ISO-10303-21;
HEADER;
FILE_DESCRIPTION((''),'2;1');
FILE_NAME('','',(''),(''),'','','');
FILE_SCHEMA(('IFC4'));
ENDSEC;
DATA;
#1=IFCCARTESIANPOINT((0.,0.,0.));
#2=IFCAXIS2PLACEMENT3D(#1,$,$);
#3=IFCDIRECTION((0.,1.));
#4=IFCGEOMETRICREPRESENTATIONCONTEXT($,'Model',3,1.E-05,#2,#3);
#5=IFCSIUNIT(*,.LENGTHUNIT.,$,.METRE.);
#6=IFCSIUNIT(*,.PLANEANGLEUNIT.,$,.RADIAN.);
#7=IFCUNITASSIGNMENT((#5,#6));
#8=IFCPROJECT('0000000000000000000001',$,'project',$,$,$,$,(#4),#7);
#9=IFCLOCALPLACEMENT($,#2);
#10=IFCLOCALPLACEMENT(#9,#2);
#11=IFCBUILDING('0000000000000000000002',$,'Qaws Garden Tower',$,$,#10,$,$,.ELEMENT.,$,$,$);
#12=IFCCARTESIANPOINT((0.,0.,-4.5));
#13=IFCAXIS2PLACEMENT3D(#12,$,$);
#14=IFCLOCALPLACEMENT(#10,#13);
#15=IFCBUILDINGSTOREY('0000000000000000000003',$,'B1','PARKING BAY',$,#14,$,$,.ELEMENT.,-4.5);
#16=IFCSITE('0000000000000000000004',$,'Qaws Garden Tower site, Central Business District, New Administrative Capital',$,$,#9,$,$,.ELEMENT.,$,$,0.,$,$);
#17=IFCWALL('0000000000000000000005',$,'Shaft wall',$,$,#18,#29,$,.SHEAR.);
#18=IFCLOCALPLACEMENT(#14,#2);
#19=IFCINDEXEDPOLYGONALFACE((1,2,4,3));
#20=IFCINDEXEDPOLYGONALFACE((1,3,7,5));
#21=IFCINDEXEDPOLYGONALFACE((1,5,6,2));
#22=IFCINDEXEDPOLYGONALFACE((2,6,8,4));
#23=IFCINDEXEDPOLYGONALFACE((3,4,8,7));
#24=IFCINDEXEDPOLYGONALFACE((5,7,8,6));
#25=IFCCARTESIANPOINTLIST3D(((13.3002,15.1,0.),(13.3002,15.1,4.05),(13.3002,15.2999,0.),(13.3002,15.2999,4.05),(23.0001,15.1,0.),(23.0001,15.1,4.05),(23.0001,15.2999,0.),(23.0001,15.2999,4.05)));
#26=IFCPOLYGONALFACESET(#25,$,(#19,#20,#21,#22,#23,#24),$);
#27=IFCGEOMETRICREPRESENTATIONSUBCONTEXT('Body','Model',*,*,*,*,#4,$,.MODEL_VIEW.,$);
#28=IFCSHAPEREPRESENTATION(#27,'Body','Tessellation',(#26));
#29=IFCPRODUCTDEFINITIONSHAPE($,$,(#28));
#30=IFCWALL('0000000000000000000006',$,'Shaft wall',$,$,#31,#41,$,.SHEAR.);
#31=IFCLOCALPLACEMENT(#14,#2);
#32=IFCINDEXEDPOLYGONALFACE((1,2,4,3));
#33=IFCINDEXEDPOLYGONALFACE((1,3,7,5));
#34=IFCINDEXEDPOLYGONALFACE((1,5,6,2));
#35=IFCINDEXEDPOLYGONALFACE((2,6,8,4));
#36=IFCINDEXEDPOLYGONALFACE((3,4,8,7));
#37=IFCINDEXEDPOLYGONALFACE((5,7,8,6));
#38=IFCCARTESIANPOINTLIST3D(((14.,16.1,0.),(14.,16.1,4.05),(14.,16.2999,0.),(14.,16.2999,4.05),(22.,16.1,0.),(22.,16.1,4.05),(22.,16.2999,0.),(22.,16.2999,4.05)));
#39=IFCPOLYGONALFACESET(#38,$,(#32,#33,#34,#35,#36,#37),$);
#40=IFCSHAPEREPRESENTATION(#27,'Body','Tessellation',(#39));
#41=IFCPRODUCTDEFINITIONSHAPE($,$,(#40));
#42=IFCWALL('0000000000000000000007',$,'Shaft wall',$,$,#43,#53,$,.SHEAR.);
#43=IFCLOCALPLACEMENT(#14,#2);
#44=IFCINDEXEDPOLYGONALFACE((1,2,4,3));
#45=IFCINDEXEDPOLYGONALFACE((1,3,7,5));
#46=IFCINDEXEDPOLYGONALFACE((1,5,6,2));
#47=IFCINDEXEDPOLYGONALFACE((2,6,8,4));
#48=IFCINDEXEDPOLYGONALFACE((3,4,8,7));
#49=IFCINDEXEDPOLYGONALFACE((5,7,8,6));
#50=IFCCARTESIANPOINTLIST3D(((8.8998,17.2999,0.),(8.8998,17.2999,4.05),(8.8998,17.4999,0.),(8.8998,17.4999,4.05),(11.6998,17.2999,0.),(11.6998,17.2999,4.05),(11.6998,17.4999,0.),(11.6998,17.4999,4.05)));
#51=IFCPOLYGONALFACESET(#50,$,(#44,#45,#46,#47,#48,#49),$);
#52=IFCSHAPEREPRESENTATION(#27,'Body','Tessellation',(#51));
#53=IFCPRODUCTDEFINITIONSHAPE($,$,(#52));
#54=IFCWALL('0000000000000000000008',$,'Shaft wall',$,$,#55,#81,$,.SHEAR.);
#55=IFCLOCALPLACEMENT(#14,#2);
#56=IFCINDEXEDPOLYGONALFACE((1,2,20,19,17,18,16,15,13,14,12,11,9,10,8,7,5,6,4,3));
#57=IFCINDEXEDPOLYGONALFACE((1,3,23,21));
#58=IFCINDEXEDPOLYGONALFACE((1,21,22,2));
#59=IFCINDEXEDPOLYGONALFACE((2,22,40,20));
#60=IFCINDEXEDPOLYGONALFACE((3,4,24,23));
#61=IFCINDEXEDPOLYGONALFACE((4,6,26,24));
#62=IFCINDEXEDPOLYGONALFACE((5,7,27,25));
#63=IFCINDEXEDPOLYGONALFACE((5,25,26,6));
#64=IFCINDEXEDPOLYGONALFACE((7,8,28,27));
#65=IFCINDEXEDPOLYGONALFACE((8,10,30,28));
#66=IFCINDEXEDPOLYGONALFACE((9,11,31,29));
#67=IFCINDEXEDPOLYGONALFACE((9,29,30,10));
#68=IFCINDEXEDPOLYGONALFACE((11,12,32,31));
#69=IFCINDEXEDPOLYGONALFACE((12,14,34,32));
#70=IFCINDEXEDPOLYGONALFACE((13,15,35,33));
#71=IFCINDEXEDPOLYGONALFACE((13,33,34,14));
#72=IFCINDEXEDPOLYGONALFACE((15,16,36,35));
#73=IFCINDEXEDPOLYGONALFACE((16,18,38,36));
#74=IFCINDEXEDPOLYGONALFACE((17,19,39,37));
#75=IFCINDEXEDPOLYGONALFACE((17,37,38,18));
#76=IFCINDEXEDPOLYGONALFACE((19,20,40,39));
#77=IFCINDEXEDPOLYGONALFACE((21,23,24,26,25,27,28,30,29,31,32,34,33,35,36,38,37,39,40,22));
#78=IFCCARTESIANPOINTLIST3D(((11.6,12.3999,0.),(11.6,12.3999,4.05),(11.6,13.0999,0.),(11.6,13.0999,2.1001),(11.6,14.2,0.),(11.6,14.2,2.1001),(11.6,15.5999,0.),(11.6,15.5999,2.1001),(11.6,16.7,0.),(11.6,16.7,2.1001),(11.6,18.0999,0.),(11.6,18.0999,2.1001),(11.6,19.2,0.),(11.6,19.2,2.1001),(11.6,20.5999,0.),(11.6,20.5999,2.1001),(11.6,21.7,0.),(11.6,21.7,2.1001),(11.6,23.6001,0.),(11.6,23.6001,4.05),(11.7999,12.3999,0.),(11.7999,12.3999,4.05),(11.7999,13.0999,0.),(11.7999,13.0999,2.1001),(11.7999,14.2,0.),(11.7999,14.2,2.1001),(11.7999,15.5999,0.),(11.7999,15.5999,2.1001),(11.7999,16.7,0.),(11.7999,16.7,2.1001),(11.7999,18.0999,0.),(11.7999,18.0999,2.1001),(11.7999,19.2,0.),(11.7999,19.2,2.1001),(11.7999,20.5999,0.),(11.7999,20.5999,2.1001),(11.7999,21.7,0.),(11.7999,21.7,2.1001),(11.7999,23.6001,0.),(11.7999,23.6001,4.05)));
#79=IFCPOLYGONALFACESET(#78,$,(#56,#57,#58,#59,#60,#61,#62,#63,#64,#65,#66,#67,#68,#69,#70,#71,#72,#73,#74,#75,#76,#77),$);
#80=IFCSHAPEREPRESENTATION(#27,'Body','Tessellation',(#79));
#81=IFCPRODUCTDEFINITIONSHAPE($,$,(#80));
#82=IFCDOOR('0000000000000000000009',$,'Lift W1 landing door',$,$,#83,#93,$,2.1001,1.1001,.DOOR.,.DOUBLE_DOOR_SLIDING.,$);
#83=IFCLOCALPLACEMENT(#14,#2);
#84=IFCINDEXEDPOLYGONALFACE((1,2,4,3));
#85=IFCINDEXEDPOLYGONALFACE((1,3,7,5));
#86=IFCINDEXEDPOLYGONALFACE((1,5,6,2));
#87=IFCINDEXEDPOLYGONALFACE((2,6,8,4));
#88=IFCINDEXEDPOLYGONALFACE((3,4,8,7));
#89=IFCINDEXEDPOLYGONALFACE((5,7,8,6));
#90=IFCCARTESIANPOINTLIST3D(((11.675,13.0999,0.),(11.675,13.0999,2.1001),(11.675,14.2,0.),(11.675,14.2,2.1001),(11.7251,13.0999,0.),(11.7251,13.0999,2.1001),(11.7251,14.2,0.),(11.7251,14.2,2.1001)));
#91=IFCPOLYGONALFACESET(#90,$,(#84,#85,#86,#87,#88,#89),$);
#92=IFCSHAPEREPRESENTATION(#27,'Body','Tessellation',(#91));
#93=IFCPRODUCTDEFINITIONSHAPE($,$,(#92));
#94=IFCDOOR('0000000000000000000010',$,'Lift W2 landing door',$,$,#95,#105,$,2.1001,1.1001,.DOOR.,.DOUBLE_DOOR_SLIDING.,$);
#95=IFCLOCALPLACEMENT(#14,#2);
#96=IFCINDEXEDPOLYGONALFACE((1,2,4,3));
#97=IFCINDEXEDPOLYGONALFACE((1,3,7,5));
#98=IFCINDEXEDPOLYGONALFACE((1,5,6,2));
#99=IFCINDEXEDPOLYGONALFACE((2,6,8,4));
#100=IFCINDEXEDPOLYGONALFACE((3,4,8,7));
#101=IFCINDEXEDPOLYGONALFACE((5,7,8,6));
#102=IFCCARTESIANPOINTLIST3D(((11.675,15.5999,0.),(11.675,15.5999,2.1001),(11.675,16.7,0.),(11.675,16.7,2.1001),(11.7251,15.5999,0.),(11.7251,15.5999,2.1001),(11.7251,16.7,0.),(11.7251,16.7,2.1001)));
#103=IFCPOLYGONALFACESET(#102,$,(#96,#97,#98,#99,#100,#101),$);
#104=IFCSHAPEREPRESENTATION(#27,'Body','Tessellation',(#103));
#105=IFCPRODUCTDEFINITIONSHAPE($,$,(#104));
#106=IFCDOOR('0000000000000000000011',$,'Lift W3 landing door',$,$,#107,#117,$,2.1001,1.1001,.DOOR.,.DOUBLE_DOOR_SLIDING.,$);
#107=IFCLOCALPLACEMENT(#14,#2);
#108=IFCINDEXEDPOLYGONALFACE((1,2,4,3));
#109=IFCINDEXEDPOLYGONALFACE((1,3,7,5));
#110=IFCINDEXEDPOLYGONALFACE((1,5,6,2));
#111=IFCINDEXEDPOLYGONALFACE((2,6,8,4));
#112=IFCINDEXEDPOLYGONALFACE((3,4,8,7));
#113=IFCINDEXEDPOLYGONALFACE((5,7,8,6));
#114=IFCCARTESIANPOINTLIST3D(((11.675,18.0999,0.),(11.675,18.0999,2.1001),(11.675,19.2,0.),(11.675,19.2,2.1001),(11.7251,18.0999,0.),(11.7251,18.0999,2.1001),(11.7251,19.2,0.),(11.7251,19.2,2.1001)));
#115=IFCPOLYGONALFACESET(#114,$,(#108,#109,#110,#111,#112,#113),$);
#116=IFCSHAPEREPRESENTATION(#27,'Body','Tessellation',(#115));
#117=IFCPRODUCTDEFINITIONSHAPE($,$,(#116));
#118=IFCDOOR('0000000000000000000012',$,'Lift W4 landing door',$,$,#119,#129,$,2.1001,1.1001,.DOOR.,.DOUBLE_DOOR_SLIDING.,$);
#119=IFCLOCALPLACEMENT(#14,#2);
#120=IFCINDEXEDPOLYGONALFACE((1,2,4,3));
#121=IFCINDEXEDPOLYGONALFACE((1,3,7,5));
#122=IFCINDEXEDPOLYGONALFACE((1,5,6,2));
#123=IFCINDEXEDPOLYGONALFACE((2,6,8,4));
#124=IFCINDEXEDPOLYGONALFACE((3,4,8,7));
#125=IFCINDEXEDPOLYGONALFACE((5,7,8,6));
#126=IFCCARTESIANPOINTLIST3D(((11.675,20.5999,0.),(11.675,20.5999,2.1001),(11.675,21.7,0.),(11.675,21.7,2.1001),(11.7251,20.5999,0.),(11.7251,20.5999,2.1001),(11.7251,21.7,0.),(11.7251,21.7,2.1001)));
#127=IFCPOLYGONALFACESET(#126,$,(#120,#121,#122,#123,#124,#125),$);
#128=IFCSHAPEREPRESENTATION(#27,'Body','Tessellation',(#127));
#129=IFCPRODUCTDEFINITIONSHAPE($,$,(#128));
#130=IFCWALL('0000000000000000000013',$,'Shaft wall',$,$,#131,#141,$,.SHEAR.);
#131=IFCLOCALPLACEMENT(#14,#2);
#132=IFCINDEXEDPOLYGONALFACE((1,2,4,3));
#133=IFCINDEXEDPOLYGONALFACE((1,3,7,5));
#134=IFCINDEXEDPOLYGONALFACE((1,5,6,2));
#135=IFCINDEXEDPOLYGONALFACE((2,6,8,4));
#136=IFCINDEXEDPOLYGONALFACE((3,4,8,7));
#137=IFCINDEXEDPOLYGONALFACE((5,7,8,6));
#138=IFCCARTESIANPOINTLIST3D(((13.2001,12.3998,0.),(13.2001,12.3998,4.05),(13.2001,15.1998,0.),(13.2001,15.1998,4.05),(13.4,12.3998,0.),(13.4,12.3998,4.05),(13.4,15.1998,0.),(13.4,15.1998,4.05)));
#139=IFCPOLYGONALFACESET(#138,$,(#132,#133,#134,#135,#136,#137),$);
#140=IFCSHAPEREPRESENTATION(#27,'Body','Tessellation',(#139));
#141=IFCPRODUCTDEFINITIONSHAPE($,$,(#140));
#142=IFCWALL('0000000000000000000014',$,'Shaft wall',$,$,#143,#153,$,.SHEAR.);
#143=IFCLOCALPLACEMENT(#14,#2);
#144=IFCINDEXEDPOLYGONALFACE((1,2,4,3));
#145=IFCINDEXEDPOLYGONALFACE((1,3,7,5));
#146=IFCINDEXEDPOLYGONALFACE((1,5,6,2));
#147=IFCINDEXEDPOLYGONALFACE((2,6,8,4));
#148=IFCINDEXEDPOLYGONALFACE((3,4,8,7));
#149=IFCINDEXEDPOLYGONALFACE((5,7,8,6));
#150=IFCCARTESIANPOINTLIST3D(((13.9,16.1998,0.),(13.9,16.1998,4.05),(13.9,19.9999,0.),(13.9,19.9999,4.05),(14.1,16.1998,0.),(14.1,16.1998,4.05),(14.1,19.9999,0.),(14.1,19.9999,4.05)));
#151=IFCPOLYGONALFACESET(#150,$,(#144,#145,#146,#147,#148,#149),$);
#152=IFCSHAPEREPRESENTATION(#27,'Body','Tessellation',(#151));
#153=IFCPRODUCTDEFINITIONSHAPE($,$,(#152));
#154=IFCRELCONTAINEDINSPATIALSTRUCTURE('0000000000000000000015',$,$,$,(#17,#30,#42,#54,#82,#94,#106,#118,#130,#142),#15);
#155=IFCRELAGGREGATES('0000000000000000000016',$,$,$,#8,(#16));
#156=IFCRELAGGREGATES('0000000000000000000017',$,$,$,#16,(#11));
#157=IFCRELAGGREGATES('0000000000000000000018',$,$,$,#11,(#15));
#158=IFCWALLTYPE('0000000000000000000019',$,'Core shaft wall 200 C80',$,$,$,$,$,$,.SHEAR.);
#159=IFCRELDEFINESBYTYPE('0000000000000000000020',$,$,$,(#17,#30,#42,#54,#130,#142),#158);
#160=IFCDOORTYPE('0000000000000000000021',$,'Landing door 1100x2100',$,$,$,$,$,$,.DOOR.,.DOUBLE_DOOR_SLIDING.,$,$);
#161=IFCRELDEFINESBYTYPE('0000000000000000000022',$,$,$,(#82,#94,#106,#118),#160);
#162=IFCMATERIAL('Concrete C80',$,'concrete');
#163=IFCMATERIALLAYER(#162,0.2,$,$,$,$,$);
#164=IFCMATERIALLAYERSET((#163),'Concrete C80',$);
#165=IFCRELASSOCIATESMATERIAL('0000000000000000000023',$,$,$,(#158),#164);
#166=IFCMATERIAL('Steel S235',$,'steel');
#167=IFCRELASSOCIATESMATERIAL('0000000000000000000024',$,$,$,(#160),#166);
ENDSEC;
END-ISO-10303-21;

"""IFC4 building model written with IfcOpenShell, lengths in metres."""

from ifc_helpers import new_model, si_unit, direction, frame, frame_2d, origin, place, context, subcontext, project, spatial, rectangle, extrude, material, layer, layer_set, type_object, element, fill, save


model = new_model("IFC4")

# Units and contexts
model_context = context("Model", 3, precision=1e-05, world=origin(), true_north=direction((0.0, 1.0)))
body_context = subcontext(model_context, "Body", "Model", "MODEL_VIEW")
ifc_project = project(units=[si_unit("LENGTHUNIT", "METRE"), si_unit("PLANEANGLEUNIT", "RADIAN")], contexts=[model_context])

# Site, building, storey
site_placement = place(None, origin())
site = spatial("IfcSite", under=ifc_project, at=site_placement, Name="Qaws Garden Tower site, Central Business District, New Administrative Capital", CompositionType="ELEMENT", RefElevation=0.0)
building_placement = place(site_placement, origin())
building = spatial("IfcBuilding", under=site, at=building_placement, Name="Qaws Garden Tower", CompositionType="ELEMENT")
storey_placement = place(building_placement, frame((0.0, 0.0, -4.5)))
storey = spatial("IfcBuildingStorey", under=building, at=storey_placement, Name="B1", Description="PARKING BAY", CompositionType="ELEMENT", Elevation=-4.5)

# Shared definitions
ifc_material_1 = material(Name="Concrete C80", Category="concrete")
ifc_layer = layer(ifc_material_1, 0.2)
ifc_layer_set = layer_set([ifc_layer], Name="Concrete C80")
wall_type = type_object("IfcWallType", Name="Core shaft wall 200 C80", PredefinedType="SHEAR", material=ifc_layer_set)

# Shared definitions
ifc_material_2 = material(Name="Steel S235", Category="steel")
door_type_1 = type_object("IfcDoorType", Name="Landing door 1100x2100", OperationType="DOUBLE_DOOR_SLIDING", PredefinedType="DOOR", material=ifc_material_2)

# Walls
wall_1_placement = place(storey_placement, frame((13.3, 15.2, 0.0), z_axis=(0.0, 0.0, 1.0), x_axis=(1.0, 0.0, 0.0)))
element("IfcWall", 1, at=wall_1_placement, inside=storey, type_object=wall_type, Name="Shaft wall", PredefinedType="SHEAR", context=body_context, shape_type="SweptSolid", body=[
    extrude(rectangle(XDim=9.7, YDim=0.2, at=frame_2d((4.8501, 0.0))), origin(), (0.0, 0.0, 1.0), 4.05),
])
wall_2_placement = place(storey_placement, frame((14.0, 16.2, 0.0), z_axis=(0.0, 0.0, 1.0), x_axis=(1.0, 0.0, 0.0)))
element("IfcWall", 2, at=wall_2_placement, inside=storey, type_object=wall_type, Name="Shaft wall", PredefinedType="SHEAR", context=body_context, shape_type="SweptSolid", body=[
    extrude(rectangle(XDim=8.0, YDim=0.2, at=frame_2d((4.0, 0.0))), origin(), (0.0, 0.0, 1.0), 4.05),
])
wall_3_placement = place(storey_placement, frame((8.8999, 17.3999, 0.0), z_axis=(0.0, 0.0, 1.0), x_axis=(1.0, 0.0, 0.0)))
element("IfcWall", 3, at=wall_3_placement, inside=storey, type_object=wall_type, Name="Shaft wall", PredefinedType="SHEAR", context=body_context, shape_type="SweptSolid", body=[
    extrude(rectangle(XDim=2.8, YDim=0.2, at=frame_2d((1.3999, 0.0))), origin(), (0.0, 0.0, 1.0), 4.05),
])

# Wall, openings, doors
wall_4_placement = place(storey_placement, frame((11.7, 12.3999, 0.0), z_axis=(0.0, 0.0, 1.0), x_axis=(0.0, 1.0, 0.0)))
wall_4 = element("IfcWall", 4, at=wall_4_placement, inside=storey, type_object=wall_type, Name="Shaft wall", PredefinedType="SHEAR", context=body_context, shape_type="SweptSolid", body=[
    extrude(rectangle(XDim=11.2002, YDim=0.2, at=frame_2d((5.6001, 0.0))), origin(), (0.0, 0.0, 1.0), 4.05),
])
opening_1_placement = place(wall_4_placement, frame((0.7, 0.0, 0.0)))
opening_1 = element("IfcOpeningElement", 5, at=opening_1_placement, cuts=wall_4, PredefinedType="OPENING", context=body_context, shape_type="SweptSolid", body=[
    extrude(rectangle(XDim=1.1001, YDim=2.1001, at=frame_2d((0.55, 1.05))), frame((0.0, 0.1099, 0.0), z_axis=(0.0, -1.0, 0.0), x_axis=(1.0, 0.0, 0.0)), (0.0, 0.0, 1.0), 0.22),
])
opening_2_placement = place(wall_4_placement, frame((3.2, 0.0, 0.0)))
opening_2 = element("IfcOpeningElement", 6, at=opening_2_placement, cuts=wall_4, PredefinedType="OPENING", context=body_context, shape_type="SweptSolid", body=[
    extrude(rectangle(XDim=1.1001, YDim=2.1001, at=frame_2d((0.55, 1.05))), frame((0.0, 0.1099, 0.0), z_axis=(0.0, -1.0, 0.0), x_axis=(1.0, 0.0, 0.0)), (0.0, 0.0, 1.0), 0.22),
])
opening_3_placement = place(wall_4_placement, frame((5.7, 0.0, 0.0)))
opening_3 = element("IfcOpeningElement", 7, at=opening_3_placement, cuts=wall_4, PredefinedType="OPENING", context=body_context, shape_type="SweptSolid", body=[
    extrude(rectangle(XDim=1.1001, YDim=2.1001, at=frame_2d((0.55, 1.05))), frame((0.0, 0.1099, 0.0), z_axis=(0.0, -1.0, 0.0), x_axis=(1.0, 0.0, 0.0)), (0.0, 0.0, 1.0), 0.22),
])
opening_4_placement = place(wall_4_placement, frame((8.2, 0.0, 0.0)))
opening_4 = element("IfcOpeningElement", 8, at=opening_4_placement, cuts=wall_4, PredefinedType="OPENING", context=body_context, shape_type="SweptSolid", body=[
    extrude(rectangle(XDim=1.1001, YDim=2.1001, at=frame_2d((0.55, 1.05))), frame((0.0, 0.1099, 0.0), z_axis=(0.0, -1.0, 0.0), x_axis=(1.0, 0.0, 0.0)), (0.0, 0.0, 1.0), 0.22),
])
door_1_placement = place(opening_1_placement, origin())
door_1 = element("IfcDoor", 9, at=door_1_placement, inside=storey, type_object=door_type_1, Name="Lift W1 landing door", OperationType="DOUBLE_DOOR_SLIDING", OverallHeight=2.1001, OverallWidth=1.1001, PredefinedType="DOOR", context=body_context, shape_type="SweptSolid", body=[
    extrude(rectangle(XDim=1.1001, YDim=2.1001, at=frame_2d((0.55, 1.05))), frame((0.0, 0.0249, 0.0), z_axis=(0.0, -1.0, 0.0), x_axis=(1.0, 0.0, 0.0)), (0.0, 0.0, 1.0), 0.05),
])
fill(opening_1, door_1)
door_2_placement = place(opening_2_placement, origin())
door_2 = element("IfcDoor", 10, at=door_2_placement, inside=storey, type_object=door_type_1, Name="Lift W2 landing door", OperationType="DOUBLE_DOOR_SLIDING", OverallHeight=2.1001, OverallWidth=1.1001, PredefinedType="DOOR", context=body_context, shape_type="SweptSolid", body=[
    extrude(rectangle(XDim=1.1001, YDim=2.1001, at=frame_2d((0.55, 1.05))), frame((0.0, 0.0249, 0.0), z_axis=(0.0, -1.0, 0.0), x_axis=(1.0, 0.0, 0.0)), (0.0, 0.0, 1.0), 0.05),
])
fill(opening_2, door_2)
door_3_placement = place(opening_3_placement, origin())
door_3 = element("IfcDoor", 11, at=door_3_placement, inside=storey, type_object=door_type_1, Name="Lift W3 landing door", OperationType="DOUBLE_DOOR_SLIDING", OverallHeight=2.1001, OverallWidth=1.1001, PredefinedType="DOOR", context=body_context, shape_type="SweptSolid", body=[
    extrude(rectangle(XDim=1.1001, YDim=2.1001, at=frame_2d((0.55, 1.05))), frame((0.0, 0.0249, 0.0), z_axis=(0.0, -1.0, 0.0), x_axis=(1.0, 0.0, 0.0)), (0.0, 0.0, 1.0), 0.05),
])
fill(opening_3, door_3)
door_4_placement = place(opening_4_placement, origin())
door_4 = element("IfcDoor", 12, at=door_4_placement, inside=storey, type_object=door_type_1, Name="Lift W4 landing door", OperationType="DOUBLE_DOOR_SLIDING", OverallHeight=2.1001, OverallWidth=1.1001, PredefinedType="DOOR", context=body_context, shape_type="SweptSolid", body=[
    extrude(rectangle(XDim=1.1001, YDim=2.1001, at=frame_2d((0.55, 1.05))), frame((0.0, 0.0249, 0.0), z_axis=(0.0, -1.0, 0.0), x_axis=(1.0, 0.0, 0.0)), (0.0, 0.0, 1.0), 0.05),
])
fill(opening_4, door_4)

# Walls
wall_5_placement = place(storey_placement, frame((13.3, 12.3999, 0.0), z_axis=(0.0, 0.0, 1.0), x_axis=(0.0, 1.0, 0.0)))
element("IfcWall", 13, at=wall_5_placement, inside=storey, type_object=wall_type, Name="Shaft wall", PredefinedType="SHEAR", context=body_context, shape_type="SweptSolid", body=[
    extrude(rectangle(XDim=2.8, YDim=0.2, at=frame_2d((1.3999, 0.0))), origin(), (0.0, 0.0, 1.0), 4.05),
])
wall_6_placement = place(storey_placement, frame((14.0, 16.2, 0.0), z_axis=(0.0, 0.0, 1.0), x_axis=(0.0, 1.0, 0.0)))
element("IfcWall", 14, at=wall_6_placement, inside=storey, type_object=wall_type, Name="Shaft wall", PredefinedType="SHEAR", context=body_context, shape_type="SweptSolid", body=[
    extrude(rectangle(XDim=3.8, YDim=0.2, at=frame_2d((1.8999, 0.0))), origin(), (0.0, 0.0, 1.0), 4.05),
])

save(model, "model.ifc")
